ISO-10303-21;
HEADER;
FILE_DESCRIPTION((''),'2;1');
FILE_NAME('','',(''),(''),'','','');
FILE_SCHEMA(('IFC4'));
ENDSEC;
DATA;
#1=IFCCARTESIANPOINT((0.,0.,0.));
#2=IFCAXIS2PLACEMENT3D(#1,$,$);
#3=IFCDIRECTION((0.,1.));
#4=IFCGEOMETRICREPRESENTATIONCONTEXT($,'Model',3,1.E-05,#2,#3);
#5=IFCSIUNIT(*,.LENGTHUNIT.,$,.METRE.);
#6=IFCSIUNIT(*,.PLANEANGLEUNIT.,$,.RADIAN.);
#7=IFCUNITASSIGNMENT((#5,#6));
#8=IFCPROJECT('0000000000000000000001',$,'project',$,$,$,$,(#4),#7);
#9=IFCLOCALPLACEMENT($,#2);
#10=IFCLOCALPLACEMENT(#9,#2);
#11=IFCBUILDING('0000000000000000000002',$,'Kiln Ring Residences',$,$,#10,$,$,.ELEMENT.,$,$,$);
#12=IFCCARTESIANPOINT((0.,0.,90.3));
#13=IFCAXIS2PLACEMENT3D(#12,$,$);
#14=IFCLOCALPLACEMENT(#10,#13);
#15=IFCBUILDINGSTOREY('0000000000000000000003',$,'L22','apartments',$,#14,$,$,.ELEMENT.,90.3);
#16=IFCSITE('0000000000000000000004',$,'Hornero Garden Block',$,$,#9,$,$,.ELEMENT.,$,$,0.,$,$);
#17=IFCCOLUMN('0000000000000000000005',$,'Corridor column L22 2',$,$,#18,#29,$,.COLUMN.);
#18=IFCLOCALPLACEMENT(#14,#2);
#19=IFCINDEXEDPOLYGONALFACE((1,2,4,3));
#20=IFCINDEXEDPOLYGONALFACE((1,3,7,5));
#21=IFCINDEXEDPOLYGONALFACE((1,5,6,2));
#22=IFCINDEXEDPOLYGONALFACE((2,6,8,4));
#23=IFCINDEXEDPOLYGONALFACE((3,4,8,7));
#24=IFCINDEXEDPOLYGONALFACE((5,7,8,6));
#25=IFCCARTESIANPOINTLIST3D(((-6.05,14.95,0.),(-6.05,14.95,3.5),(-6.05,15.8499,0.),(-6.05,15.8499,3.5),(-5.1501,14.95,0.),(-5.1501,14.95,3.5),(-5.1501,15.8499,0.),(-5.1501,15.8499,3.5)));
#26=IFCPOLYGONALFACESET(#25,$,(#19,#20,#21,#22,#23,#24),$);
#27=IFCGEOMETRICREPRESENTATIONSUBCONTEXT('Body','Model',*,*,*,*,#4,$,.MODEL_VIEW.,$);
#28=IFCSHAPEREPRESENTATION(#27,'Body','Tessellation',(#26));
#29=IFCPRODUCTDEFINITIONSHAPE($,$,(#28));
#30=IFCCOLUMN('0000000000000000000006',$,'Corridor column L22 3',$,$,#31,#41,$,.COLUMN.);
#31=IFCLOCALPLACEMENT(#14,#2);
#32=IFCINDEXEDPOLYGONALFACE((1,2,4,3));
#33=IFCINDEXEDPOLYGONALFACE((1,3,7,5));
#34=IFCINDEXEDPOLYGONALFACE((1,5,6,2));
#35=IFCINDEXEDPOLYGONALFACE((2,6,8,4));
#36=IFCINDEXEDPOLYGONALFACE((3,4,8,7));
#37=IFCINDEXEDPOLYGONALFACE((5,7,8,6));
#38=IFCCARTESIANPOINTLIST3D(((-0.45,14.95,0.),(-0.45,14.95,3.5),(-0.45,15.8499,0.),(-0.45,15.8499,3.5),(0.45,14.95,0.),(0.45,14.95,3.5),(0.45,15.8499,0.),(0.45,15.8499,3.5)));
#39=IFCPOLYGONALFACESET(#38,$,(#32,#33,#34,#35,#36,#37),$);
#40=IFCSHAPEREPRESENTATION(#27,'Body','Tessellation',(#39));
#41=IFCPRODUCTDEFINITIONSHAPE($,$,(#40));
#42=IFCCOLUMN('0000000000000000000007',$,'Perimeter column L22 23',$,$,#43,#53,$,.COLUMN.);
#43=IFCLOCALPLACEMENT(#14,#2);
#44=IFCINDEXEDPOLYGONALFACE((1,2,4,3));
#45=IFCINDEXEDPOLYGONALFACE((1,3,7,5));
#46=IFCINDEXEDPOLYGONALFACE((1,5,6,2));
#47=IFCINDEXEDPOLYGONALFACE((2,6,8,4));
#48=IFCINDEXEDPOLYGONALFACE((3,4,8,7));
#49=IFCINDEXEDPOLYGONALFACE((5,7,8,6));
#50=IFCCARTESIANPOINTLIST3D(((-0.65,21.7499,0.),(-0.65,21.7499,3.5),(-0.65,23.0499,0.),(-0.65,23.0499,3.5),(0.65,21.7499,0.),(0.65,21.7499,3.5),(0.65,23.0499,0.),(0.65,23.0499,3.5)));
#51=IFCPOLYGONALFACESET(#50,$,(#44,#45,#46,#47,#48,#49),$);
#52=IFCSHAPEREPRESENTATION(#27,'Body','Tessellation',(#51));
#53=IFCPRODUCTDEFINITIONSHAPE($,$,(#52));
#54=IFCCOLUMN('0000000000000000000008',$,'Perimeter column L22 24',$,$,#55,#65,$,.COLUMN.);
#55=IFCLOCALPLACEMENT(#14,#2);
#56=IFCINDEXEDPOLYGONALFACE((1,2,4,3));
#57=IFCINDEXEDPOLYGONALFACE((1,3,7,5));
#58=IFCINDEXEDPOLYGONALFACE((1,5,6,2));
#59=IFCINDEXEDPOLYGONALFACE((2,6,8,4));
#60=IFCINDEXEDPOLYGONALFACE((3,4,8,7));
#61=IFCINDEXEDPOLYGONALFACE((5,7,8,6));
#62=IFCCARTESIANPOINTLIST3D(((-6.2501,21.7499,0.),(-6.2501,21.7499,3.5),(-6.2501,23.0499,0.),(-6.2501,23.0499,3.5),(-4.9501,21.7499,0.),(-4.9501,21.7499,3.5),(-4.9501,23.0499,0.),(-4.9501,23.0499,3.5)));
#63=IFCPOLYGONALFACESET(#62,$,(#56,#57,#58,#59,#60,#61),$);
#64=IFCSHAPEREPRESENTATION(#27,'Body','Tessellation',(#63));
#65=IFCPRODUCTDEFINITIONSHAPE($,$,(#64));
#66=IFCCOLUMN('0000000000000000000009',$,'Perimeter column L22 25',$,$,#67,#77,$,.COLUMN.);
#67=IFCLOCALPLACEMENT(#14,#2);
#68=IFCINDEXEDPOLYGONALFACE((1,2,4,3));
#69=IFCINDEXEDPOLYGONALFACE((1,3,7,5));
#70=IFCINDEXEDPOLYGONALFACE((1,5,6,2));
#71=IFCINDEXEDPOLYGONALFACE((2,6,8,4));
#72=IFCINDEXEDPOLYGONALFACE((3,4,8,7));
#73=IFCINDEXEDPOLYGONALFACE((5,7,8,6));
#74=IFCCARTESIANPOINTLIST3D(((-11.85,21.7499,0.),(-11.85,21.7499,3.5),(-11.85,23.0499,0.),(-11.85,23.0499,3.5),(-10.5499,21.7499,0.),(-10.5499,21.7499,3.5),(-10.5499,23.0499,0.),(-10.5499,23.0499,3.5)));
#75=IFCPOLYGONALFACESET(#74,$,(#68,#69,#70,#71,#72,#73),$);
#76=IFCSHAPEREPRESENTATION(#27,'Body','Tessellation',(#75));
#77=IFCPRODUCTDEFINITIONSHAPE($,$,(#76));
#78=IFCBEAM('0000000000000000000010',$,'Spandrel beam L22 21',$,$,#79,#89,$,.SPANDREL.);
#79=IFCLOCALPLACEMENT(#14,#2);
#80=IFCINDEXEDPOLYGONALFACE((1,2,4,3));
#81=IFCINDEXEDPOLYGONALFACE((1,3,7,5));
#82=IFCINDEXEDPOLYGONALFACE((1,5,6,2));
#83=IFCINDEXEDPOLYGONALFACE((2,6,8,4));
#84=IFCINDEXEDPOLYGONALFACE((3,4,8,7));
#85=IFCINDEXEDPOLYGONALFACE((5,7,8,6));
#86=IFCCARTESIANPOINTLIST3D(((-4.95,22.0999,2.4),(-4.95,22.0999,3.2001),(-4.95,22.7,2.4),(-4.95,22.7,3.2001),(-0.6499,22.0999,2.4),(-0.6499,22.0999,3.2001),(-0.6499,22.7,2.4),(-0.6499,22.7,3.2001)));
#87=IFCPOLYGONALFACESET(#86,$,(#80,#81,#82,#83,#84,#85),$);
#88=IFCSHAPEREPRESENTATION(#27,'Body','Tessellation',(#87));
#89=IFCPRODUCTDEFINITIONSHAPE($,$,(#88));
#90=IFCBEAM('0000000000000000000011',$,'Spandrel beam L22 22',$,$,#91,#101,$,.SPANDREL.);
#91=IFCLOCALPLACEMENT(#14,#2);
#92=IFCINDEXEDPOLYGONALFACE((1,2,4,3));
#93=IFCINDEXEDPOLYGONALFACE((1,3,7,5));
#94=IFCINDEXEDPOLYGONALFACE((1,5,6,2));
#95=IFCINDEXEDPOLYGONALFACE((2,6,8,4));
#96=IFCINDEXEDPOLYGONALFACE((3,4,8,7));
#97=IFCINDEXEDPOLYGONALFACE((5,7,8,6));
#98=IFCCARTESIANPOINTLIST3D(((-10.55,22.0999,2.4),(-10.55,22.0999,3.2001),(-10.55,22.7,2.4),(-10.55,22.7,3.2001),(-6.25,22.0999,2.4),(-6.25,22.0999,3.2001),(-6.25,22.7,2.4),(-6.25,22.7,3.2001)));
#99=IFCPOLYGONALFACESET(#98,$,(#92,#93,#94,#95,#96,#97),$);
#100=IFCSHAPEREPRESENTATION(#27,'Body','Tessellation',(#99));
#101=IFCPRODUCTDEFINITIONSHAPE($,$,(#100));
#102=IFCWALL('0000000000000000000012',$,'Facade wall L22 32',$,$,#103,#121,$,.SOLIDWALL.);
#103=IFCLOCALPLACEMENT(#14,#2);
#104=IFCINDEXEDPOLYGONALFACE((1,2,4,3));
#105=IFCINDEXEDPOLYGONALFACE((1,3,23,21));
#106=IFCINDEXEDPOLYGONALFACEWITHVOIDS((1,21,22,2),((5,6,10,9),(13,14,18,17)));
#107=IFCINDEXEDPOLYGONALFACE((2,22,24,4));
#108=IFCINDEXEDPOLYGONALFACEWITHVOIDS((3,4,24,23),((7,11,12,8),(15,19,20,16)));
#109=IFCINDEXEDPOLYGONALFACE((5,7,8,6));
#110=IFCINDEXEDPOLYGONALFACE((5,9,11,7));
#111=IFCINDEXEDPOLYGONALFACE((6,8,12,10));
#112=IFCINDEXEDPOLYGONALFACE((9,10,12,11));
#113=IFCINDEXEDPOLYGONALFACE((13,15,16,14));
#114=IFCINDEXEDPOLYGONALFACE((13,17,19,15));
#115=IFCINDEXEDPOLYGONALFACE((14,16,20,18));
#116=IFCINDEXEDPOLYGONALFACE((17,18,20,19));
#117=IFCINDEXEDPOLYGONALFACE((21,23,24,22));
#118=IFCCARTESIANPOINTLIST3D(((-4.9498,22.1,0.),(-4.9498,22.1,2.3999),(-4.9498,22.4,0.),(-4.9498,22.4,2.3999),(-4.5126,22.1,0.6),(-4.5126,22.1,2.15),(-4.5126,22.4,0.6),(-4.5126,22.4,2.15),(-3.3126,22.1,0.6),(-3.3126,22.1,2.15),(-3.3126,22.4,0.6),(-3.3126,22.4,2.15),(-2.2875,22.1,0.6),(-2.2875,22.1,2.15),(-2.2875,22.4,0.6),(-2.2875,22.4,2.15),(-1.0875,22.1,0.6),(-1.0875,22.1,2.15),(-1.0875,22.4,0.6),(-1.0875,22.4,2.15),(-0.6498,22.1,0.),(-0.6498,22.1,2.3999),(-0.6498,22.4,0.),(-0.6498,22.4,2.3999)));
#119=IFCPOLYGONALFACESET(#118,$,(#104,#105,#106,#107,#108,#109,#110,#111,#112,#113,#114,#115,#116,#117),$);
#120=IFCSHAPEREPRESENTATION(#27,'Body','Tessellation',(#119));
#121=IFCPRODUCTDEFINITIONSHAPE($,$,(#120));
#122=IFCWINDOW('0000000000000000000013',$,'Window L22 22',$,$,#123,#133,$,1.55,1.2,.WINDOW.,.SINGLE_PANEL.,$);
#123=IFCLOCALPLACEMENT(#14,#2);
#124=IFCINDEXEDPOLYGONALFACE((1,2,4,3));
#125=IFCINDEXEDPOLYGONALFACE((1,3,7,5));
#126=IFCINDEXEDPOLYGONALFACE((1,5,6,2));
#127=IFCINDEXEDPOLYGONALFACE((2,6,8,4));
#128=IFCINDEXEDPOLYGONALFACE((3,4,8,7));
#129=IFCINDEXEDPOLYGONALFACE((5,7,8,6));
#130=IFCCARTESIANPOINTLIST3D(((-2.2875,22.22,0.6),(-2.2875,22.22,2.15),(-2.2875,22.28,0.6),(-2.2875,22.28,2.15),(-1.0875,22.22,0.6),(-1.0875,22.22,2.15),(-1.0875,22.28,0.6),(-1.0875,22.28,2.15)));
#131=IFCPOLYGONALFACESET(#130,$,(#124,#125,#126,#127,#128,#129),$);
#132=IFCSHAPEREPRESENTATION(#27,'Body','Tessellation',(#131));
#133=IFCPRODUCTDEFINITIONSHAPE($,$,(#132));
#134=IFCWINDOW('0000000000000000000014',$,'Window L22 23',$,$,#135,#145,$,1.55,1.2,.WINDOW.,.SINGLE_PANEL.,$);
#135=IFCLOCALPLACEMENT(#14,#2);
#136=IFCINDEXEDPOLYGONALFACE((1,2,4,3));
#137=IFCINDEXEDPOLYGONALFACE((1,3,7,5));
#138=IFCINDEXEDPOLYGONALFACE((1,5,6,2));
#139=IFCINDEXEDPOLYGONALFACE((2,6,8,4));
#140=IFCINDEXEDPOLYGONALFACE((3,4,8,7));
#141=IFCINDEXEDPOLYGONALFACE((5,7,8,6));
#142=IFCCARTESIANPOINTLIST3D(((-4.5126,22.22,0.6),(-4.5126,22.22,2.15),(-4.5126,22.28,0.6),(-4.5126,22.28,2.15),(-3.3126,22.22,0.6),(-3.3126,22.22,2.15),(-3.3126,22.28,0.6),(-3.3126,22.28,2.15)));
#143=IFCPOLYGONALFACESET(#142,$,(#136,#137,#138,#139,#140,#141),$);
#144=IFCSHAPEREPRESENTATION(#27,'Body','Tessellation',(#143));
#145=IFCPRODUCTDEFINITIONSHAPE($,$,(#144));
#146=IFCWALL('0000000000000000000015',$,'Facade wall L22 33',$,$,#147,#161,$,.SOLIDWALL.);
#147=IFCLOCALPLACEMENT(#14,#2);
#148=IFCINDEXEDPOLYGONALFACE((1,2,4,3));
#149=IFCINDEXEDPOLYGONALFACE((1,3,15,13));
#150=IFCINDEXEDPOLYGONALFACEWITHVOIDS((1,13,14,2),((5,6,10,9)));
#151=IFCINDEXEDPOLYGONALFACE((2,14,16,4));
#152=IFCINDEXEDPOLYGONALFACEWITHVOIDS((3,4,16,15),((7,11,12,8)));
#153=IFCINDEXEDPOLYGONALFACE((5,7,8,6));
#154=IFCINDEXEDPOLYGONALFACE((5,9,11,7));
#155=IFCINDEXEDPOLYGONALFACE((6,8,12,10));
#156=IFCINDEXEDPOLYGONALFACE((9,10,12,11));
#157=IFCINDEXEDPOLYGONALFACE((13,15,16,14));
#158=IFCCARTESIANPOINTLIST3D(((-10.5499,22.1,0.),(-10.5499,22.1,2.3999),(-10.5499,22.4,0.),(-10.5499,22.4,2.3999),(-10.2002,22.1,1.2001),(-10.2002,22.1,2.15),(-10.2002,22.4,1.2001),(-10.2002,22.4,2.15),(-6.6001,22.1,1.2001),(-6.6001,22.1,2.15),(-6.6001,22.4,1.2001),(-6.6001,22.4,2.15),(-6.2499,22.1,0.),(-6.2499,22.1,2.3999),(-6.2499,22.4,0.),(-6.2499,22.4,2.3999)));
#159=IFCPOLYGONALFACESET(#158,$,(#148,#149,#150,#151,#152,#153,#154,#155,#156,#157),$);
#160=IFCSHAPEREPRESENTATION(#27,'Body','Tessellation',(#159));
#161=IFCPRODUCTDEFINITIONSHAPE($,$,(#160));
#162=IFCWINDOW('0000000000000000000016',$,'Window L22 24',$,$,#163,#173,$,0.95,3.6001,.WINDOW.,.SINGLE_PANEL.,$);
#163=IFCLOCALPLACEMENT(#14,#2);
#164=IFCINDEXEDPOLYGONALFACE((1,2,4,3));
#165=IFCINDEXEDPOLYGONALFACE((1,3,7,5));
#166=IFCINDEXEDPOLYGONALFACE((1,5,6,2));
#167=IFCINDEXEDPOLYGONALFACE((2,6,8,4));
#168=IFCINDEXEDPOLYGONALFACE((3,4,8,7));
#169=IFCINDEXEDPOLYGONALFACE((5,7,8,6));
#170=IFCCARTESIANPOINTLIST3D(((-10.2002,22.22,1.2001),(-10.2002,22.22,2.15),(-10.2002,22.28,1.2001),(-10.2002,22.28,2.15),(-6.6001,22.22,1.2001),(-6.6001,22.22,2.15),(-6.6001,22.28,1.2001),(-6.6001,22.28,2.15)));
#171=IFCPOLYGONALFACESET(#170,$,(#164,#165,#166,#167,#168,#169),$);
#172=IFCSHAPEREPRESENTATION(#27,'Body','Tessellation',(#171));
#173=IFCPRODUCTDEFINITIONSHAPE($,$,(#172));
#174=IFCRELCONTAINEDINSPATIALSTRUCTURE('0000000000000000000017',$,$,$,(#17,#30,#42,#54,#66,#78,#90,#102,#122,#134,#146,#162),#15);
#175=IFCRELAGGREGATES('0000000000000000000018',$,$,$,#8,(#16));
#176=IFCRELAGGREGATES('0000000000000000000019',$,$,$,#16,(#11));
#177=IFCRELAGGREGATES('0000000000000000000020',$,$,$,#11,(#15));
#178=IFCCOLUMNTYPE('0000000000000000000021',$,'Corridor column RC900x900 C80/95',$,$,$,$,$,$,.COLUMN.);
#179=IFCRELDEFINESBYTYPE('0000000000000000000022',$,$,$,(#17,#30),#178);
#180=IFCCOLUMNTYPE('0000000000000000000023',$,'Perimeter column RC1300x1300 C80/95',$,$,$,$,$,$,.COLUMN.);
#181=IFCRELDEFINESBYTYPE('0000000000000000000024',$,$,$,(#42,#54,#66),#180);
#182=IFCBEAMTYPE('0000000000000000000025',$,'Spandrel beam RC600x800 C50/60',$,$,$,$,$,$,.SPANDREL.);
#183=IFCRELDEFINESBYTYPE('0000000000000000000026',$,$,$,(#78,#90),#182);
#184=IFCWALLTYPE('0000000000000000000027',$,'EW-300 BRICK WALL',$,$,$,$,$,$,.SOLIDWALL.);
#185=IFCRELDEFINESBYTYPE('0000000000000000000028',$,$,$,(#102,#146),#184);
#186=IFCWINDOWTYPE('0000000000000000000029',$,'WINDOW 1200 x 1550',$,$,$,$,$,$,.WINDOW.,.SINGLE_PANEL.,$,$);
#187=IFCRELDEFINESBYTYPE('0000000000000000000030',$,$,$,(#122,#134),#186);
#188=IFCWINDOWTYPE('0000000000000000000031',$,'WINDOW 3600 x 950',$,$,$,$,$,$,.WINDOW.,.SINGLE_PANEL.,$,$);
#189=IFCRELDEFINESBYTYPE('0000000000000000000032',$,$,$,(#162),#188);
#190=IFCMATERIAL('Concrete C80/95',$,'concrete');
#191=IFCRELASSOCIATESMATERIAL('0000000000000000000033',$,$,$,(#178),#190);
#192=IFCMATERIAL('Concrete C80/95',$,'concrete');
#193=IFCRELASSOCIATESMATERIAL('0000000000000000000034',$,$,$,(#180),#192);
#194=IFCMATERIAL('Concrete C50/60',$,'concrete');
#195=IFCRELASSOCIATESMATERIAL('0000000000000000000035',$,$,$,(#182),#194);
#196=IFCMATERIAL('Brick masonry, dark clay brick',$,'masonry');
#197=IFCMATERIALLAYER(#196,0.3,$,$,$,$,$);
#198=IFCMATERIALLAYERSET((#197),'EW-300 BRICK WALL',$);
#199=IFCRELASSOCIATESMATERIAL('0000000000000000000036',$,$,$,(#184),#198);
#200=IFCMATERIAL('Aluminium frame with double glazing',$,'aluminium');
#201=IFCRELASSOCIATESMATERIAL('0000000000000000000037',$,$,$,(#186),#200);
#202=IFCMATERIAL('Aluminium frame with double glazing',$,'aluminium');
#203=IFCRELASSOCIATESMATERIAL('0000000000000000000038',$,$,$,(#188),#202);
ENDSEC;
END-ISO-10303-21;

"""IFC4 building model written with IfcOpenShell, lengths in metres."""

from ifc_helpers import new_model, si_unit, direction, frame, frame_2d, origin, origin_2d, place, context, subcontext, project, spatial, rectangle, extrude, material, layer, layer_set, material_profile, profile_set, type_object, element, fill, save


model = new_model("IFC4")

# Units and contexts
model_context = context("Model", 3, precision=1e-05, world=origin(), true_north=direction((0.0, 1.0)))
body_context = subcontext(model_context, "Body", "Model", "MODEL_VIEW")
ifc_project = project(units=[si_unit("LENGTHUNIT", "METRE"), si_unit("PLANEANGLEUNIT", "RADIAN")], contexts=[model_context])

# Site, building, storey
site_placement = place(None, origin())
site = spatial("IfcSite", under=ifc_project, at=site_placement, Name="Hornero Garden Block", CompositionType="ELEMENT", RefElevation=0.0)
building_placement = place(site_placement, origin())
building = spatial("IfcBuilding", under=site, at=building_placement, Name="Kiln Ring Residences", CompositionType="ELEMENT")
storey_placement = place(building_placement, frame((0.0, 0.0, 90.3)))
storey = spatial("IfcBuildingStorey", under=building, at=storey_placement, Name="L22", Description="apartments", CompositionType="ELEMENT", Elevation=90.3)

# Columns
ifc_material_1 = material(Name="Concrete C80/95", Category="concrete")
ifc_material_profile_1 = material_profile(ifc_material_1, rectangle(XDim=0.8999, YDim=0.8999, at=origin_2d()), Name="RC900x900")
ifc_profile_set_1 = profile_set([ifc_material_profile_1], Name="Concrete C80/95")
column_type_1 = type_object("IfcColumnType", Name="Corridor column RC900x900 C80/95", PredefinedType="COLUMN", material=ifc_profile_set_1)
for number, where, z_axis, x_axis, name in (
    (1, (-5.6001, 15.3999, 0.0), (0.0, 0.0, 1.0), (1.0, 0.0, 0.0), "Corridor column L22 2"),
    (2, (0.0, 15.3999, 0.0), (0.0, 0.0, 1.0), (1.0, 0.0, 0.0), "Corridor column L22 3"),
):
    element("IfcColumn", number, at=place(storey_placement, frame(where, z_axis=z_axis, x_axis=x_axis)), inside=storey, type_object=column_type_1, Name=name, PredefinedType="COLUMN", context=body_context, shape_type="SweptSolid", body=[
        extrude(rectangle(XDim=0.8999, YDim=0.8999, at=origin_2d()), origin(), (0.0, 0.0, 1.0), 3.5),
    ])
ifc_material_2 = material(Name="Concrete C80/95", Category="concrete")
ifc_material_profile_2 = material_profile(ifc_material_2, rectangle(XDim=1.3, YDim=1.3, at=origin_2d()), Name="RC1300x1300")
ifc_profile_set_2 = profile_set([ifc_material_profile_2], Name="Concrete C80/95")
column_type_2 = type_object("IfcColumnType", Name="Perimeter column RC1300x1300 C80/95", PredefinedType="COLUMN", material=ifc_profile_set_2)
for number, where, z_axis, x_axis, name in (
    (3, (0.0, 22.3999, 0.0), (0.0, 0.0, 1.0), (1.0, 0.0, 0.0), "Perimeter column L22 23"),
    (4, (-5.6001, 22.3999, 0.0), (0.0, 0.0, 1.0), (1.0, 0.0, 0.0), "Perimeter column L22 24"),
    (5, (-11.2, 22.3999, 0.0), (0.0, 0.0, 1.0), (1.0, 0.0, 0.0), "Perimeter column L22 25"),
):
    element("IfcColumn", number, at=place(storey_placement, frame(where, z_axis=z_axis, x_axis=x_axis)), inside=storey, type_object=column_type_2, Name=name, PredefinedType="COLUMN", context=body_context, shape_type="SweptSolid", body=[
        extrude(rectangle(XDim=1.3, YDim=1.3, at=origin_2d()), origin(), (0.0, 0.0, 1.0), 3.5),
    ])

# Beams
ifc_material_3 = material(Name="Concrete C50/60", Category="concrete")
ifc_material_profile_3 = material_profile(ifc_material_3, rectangle(XDim=0.6001, YDim=0.8, at=origin_2d()), Name="RC600x800")
ifc_profile_set_3 = profile_set([ifc_material_profile_3], Name="Concrete C50/60")
beam_type = type_object("IfcBeamType", Name="Spandrel beam RC600x800 C50/60", PredefinedType="SPANDREL", material=ifc_profile_set_3)
for number, where, z_axis, x_axis, name in (
    (6, (-0.6499, 22.3999, 2.8), (-1.0, 0.0, 0.0), (0.0, -1.0, 0.0), "Spandrel beam L22 21"),
    (7, (-6.25, 22.3999, 2.8), (-1.0, 0.0, 0.0), (0.0, -1.0, 0.0), "Spandrel beam L22 22"),
):
    element("IfcBeam", number, at=place(storey_placement, frame(where, z_axis=z_axis, x_axis=x_axis)), inside=storey, type_object=beam_type, Name=name, PredefinedType="SPANDREL", context=body_context, shape_type="SweptSolid", body=[
        extrude(rectangle(XDim=0.6001, YDim=0.8, at=origin_2d()), origin(), (0.0, 0.0, 1.0), 4.3),
    ])

# Wall, openings, windows
ifc_material_4 = material(Name="Brick masonry, dark clay brick", Category="masonry")
ifc_layer_1 = layer(ifc_material_4, 0.3)
ifc_layer_set_1 = layer_set([ifc_layer_1], Name="EW-300 BRICK WALL")
wall_type_1 = type_object("IfcWallType", Name="EW-300 BRICK WALL", PredefinedType="SOLIDWALL", material=ifc_layer_set_1)
wall_1_placement = place(storey_placement, frame((-0.6499, 22.25, 0.0), z_axis=(0.0, 0.0, 1.0), x_axis=(-1.0, 0.0, 0.0)))
wall_1 = element("IfcWall", 8, at=wall_1_placement, inside=storey, type_object=wall_type_1, Name="Facade wall L22 32", PredefinedType="SOLIDWALL", context=body_context, shape_type="SweptSolid", body=[
    extrude(rectangle(XDim=4.3, YDim=0.3, at=frame_2d((2.1499, 0.0))), origin(), (0.0, 0.0, 1.0), 2.3999),
])
opening_1_placement = place(wall_1_placement, frame((0.4375, 0.0, 0.6001)))
opening_1 = element("IfcOpeningElement", 9, at=opening_1_placement, cuts=wall_1, PredefinedType="OPENING", context=body_context, shape_type="SweptSolid", body=[
    extrude(rectangle(XDim=1.2, YDim=1.55, at=frame_2d((0.6001, 0.7749))), frame((0.0, 0.1599, 0.0), z_axis=(0.0, -1.0, 0.0), x_axis=(1.0, 0.0, 0.0)), (0.0, 0.0, 1.0), 0.3201),
])
opening_2_placement = place(wall_1_placement, frame((2.6626, 0.0, 0.6001)))
opening_2 = element("IfcOpeningElement", 10, at=opening_2_placement, cuts=wall_1, PredefinedType="OPENING", context=body_context, shape_type="SweptSolid", body=[
    extrude(rectangle(XDim=1.2, YDim=1.55, at=frame_2d((0.6001, 0.7749))), frame((0.0, 0.1599, 0.0), z_axis=(0.0, -1.0, 0.0), x_axis=(1.0, 0.0, 0.0)), (0.0, 0.0, 1.0), 0.3201),
])
ifc_material_5 = material(Name="Aluminium frame with double glazing", Category="aluminium")
window_type_1 = type_object("IfcWindowType", Name="WINDOW 1200 x 1550", PartitioningType="SINGLE_PANEL", PredefinedType="WINDOW", material=ifc_material_5)
window_1_placement = place(opening_1_placement, origin())
window_1 = element("IfcWindow", 11, at=window_1_placement, inside=storey, type_object=window_type_1, Name="Window L22 22", OverallHeight=1.55, OverallWidth=1.2, PartitioningType="SINGLE_PANEL", PredefinedType="WINDOW", context=body_context, shape_type="SweptSolid", body=[
    extrude(rectangle(XDim=1.2, YDim=1.55, at=frame_2d((0.6001, 0.7749))), frame((0.0, 0.03, 0.0), z_axis=(0.0, -1.0, 0.0), x_axis=(1.0, 0.0, 0.0)), (0.0, 0.0, 1.0), 0.0601),
])
fill(opening_1, window_1)
window_2_placement = place(opening_2_placement, origin())
window_2 = element("IfcWindow", 12, at=window_2_placement, inside=storey, type_object=window_type_1, Name="Window L22 23", OverallHeight=1.55, OverallWidth=1.2, PartitioningType="SINGLE_PANEL", PredefinedType="WINDOW", context=body_context, shape_type="SweptSolid", body=[
    extrude(rectangle(XDim=1.2, YDim=1.55, at=frame_2d((0.6001, 0.7749))), frame((0.0, 0.03, 0.0), z_axis=(0.0, -1.0, 0.0), x_axis=(1.0, 0.0, 0.0)), (0.0, 0.0, 1.0), 0.0601),
])
fill(opening_2, window_2)

# Wall, opening, window
wall_2_placement = place(storey_placement, frame((-6.25, 22.25, 0.0), z_axis=(0.0, 0.0, 1.0), x_axis=(-1.0, 0.0, 0.0)))
wall_2 = element("IfcWall", 13, at=wall_2_placement, inside=storey, type_object=wall_type_1, Name="Facade wall L22 33", PredefinedType="SOLIDWALL", context=body_context, shape_type="SweptSolid", body=[
    extrude(rectangle(XDim=4.3, YDim=0.3, at=frame_2d((2.1499, 0.0))), origin(), (0.0, 0.0, 1.0), 2.3999),
])
opening_3_placement = place(wall_2_placement, frame((0.3501, 0.0, 1.2)))
opening_3 = element("IfcOpeningElement", 14, at=opening_3_placement, cuts=wall_2, PredefinedType="OPENING", context=body_context, shape_type="SweptSolid", body=[
    extrude(rectangle(XDim=3.6001, YDim=0.95, at=frame_2d((1.8, 0.4751))), frame((0.0, 0.1599, 0.0), z_axis=(0.0, -1.0, 0.0), x_axis=(1.0, 0.0, 0.0)), (0.0, 0.0, 1.0), 0.3201),
])
ifc_material_6 = material(Name="Aluminium frame with double glazing", Category="aluminium")
window_type_2 = type_object("IfcWindowType", Name="WINDOW 3600 x 950", PartitioningType="SINGLE_PANEL", PredefinedType="WINDOW", material=ifc_material_6)
window_3_placement = place(opening_3_placement, origin())
window_3 = element("IfcWindow", 15, at=window_3_placement, inside=storey, type_object=window_type_2, Name="Window L22 24", OverallHeight=0.95, OverallWidth=3.6001, PartitioningType="SINGLE_PANEL", PredefinedType="WINDOW", context=body_context, shape_type="SweptSolid", body=[
    extrude(rectangle(XDim=3.6001, YDim=0.95, at=frame_2d((1.8, 0.4751))), frame((0.0, 0.03, 0.0), z_axis=(0.0, -1.0, 0.0), x_axis=(1.0, 0.0, 0.0)), (0.0, 0.0, 1.0), 0.0601),
])
fill(opening_3, window_3)

save(model, "model.ifc")
